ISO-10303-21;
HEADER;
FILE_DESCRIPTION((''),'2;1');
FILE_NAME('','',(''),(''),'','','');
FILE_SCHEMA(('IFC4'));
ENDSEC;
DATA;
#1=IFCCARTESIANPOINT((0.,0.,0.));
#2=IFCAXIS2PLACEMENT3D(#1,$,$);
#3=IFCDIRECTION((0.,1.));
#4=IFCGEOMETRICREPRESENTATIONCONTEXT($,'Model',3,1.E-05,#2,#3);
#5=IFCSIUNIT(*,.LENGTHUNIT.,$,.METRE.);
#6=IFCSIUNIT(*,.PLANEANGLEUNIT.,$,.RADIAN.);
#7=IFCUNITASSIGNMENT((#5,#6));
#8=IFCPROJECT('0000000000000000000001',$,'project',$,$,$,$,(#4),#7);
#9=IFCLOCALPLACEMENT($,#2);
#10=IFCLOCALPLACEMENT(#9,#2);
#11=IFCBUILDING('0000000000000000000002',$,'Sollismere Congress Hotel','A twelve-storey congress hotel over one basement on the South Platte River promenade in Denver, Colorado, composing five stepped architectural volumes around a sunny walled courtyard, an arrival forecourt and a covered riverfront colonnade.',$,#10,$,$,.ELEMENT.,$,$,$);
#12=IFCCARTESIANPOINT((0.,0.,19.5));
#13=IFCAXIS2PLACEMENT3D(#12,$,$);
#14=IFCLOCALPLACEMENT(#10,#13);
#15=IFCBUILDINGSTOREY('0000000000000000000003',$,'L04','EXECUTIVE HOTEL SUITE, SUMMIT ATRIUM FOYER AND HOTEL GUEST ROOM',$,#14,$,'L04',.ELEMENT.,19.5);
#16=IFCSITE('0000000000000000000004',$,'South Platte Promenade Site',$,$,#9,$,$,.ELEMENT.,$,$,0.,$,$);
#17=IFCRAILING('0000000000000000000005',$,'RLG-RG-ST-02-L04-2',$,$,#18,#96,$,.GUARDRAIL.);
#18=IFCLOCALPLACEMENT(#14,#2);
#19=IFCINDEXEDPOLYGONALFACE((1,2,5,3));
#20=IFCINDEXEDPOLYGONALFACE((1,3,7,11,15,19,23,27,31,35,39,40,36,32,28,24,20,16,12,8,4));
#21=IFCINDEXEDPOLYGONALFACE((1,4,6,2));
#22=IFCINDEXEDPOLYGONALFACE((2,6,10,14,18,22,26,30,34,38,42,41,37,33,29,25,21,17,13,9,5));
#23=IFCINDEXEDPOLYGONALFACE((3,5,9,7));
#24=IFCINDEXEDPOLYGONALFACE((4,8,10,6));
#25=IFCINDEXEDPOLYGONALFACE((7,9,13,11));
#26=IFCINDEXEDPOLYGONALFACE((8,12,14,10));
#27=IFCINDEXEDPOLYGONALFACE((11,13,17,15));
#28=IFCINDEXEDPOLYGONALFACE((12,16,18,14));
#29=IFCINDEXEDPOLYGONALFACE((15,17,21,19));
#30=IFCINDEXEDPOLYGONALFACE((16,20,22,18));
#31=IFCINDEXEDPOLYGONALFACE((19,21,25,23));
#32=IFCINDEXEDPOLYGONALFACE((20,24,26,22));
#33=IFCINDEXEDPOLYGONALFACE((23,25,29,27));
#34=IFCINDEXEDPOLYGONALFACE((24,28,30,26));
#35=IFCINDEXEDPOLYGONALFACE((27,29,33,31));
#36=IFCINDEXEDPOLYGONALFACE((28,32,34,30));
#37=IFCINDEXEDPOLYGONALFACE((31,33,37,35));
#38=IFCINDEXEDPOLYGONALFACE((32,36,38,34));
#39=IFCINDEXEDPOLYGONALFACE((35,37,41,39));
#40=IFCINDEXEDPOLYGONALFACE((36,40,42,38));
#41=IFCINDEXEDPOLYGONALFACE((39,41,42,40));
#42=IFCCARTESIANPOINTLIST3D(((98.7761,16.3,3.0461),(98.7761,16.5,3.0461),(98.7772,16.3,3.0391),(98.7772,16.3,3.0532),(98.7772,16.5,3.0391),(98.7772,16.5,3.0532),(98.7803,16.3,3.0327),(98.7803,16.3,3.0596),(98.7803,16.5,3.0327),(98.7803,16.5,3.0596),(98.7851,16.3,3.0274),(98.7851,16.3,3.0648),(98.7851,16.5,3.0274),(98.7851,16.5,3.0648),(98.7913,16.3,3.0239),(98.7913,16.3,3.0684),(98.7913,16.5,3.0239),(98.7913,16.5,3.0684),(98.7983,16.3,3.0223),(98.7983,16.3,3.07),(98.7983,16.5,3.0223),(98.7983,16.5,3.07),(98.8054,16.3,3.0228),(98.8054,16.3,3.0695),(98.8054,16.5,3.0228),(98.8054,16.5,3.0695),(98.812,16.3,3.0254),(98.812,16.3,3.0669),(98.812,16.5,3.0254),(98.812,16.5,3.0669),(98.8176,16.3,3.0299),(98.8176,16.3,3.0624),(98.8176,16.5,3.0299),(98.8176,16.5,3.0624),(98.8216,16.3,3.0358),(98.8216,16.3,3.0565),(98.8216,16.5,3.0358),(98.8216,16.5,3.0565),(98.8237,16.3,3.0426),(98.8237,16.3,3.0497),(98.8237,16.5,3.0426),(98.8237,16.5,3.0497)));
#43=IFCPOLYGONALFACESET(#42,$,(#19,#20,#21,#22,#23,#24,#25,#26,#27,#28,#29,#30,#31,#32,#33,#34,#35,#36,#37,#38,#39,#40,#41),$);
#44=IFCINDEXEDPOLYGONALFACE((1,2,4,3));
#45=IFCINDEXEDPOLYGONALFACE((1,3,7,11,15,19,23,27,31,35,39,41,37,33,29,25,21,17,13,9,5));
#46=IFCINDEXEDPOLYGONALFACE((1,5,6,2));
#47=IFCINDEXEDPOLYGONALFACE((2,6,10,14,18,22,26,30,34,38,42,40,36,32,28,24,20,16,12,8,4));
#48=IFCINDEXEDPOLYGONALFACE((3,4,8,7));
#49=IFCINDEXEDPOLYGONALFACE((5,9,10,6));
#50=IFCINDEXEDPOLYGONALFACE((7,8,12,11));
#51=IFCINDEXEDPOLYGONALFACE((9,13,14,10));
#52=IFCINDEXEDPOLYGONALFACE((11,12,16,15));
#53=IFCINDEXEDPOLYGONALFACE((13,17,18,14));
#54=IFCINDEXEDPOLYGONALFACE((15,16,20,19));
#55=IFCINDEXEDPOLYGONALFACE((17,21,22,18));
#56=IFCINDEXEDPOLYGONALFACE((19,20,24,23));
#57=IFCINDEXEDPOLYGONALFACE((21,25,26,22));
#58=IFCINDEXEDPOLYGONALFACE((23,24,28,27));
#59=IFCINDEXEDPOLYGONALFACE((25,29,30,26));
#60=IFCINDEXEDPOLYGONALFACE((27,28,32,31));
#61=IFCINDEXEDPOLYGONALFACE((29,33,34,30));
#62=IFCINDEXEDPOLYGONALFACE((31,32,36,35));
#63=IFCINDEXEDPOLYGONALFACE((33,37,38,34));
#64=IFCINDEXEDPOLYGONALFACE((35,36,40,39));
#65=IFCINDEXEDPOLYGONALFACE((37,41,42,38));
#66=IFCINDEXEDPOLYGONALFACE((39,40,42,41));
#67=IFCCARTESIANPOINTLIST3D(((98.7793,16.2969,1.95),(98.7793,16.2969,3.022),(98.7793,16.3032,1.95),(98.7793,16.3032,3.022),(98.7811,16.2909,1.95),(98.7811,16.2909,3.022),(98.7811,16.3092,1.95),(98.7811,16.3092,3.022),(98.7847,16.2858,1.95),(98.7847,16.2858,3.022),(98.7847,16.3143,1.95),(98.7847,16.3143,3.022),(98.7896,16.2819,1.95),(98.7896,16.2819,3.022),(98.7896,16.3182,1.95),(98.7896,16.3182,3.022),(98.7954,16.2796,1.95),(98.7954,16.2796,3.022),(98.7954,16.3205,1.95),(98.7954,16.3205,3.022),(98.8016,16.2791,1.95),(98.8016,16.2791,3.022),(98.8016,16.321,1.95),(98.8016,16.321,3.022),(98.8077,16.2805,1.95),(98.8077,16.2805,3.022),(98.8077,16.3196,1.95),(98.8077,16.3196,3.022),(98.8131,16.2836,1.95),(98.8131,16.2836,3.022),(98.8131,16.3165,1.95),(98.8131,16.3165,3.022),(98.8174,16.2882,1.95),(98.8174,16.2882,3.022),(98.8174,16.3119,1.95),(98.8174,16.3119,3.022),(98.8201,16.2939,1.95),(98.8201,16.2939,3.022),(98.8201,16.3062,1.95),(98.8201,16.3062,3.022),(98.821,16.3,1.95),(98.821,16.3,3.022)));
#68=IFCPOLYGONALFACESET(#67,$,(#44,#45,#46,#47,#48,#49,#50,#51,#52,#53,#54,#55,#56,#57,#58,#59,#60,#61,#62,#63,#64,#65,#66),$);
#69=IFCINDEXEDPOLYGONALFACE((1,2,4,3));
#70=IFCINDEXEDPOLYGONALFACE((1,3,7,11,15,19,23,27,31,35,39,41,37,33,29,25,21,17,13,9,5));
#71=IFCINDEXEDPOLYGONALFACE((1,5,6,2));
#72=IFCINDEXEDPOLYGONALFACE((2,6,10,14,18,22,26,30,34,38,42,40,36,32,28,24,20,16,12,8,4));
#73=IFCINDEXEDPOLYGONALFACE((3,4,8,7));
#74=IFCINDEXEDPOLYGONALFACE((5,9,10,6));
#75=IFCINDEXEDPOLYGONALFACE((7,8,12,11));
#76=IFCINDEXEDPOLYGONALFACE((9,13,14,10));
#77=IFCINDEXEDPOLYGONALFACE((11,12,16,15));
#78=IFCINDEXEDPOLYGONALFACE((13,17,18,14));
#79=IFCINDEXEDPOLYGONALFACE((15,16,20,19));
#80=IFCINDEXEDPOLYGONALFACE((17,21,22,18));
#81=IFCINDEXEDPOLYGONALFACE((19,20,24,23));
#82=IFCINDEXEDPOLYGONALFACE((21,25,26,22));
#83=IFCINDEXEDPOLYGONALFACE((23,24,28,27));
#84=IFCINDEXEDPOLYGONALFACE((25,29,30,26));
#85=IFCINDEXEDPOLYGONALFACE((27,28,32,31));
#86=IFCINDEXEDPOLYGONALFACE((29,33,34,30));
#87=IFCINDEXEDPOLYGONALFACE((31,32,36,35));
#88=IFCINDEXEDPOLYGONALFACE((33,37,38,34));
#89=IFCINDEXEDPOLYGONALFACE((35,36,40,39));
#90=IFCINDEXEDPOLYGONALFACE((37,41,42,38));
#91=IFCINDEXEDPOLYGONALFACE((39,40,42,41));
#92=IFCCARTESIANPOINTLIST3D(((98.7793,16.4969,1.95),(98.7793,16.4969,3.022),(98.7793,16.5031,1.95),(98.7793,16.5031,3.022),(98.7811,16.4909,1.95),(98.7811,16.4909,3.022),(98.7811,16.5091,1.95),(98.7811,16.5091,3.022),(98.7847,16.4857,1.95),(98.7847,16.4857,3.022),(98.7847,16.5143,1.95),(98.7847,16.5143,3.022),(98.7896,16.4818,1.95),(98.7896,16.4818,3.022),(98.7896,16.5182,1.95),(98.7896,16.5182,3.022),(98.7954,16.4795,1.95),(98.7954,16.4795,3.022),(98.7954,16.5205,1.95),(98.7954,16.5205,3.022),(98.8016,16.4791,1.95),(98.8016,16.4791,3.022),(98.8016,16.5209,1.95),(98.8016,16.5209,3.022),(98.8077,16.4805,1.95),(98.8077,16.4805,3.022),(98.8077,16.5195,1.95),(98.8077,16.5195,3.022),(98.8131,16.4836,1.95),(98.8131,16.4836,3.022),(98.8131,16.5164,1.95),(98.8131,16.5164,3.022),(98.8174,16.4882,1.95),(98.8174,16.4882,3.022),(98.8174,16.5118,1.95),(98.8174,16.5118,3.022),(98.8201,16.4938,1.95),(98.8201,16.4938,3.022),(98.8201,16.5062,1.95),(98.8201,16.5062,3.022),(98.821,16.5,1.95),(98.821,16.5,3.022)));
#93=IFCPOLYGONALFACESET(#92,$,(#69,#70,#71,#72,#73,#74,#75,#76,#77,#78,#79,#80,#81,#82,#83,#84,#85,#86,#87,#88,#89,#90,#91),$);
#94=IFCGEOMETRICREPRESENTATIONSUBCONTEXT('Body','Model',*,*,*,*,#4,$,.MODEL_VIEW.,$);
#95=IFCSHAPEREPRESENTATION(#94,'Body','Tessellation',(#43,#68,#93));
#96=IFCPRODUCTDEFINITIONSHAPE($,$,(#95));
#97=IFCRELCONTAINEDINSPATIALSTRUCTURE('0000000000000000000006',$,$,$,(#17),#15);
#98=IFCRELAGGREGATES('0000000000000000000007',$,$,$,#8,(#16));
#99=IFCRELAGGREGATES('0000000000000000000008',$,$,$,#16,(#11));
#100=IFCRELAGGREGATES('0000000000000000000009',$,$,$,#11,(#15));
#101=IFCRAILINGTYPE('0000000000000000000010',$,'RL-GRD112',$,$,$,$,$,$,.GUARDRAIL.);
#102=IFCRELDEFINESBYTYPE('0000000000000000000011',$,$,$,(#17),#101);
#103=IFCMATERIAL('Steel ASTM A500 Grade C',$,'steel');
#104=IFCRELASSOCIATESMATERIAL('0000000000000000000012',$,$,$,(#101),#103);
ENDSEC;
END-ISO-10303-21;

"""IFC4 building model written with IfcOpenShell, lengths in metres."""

from ifc_helpers import new_model, si_unit, direction, frame, origin, origin_2d, place, context, subcontext, project, spatial, circle, extrude, material, type_object, element, save


model = new_model("IFC4")

# Units and contexts
model_context = context("Model", 3, precision=1e-05, world=origin(), true_north=direction((0.0, 1.0)))
body_context = subcontext(model_context, "Body", "Model", "MODEL_VIEW")
ifc_project = project(units=[si_unit("LENGTHUNIT", "METRE"), si_unit("PLANEANGLEUNIT", "RADIAN")], contexts=[model_context])

# Site, building, storey
site_placement = place(None, origin())
site = spatial("IfcSite", under=ifc_project, at=site_placement, Name="South Platte Promenade Site", CompositionType="ELEMENT", RefElevation=0.0)
building_placement = place(site_placement, origin())
building = spatial("IfcBuilding", under=site, at=building_placement, Name="Sollismere Congress Hotel", Description="A twelve-storey congress hotel over one basement on the South Platte River promenade in Denver, Colorado, composing five stepped architectural volumes around a sunny walled courtyard, an arrival forecourt and a covered riverfront colonnade.", CompositionType="ELEMENT")
storey_placement = place(building_placement, frame((0.0, 0.0, 19.5)))
storey = spatial("IfcBuildingStorey", under=building, at=storey_placement, Name="L04", Description="EXECUTIVE HOTEL SUITE, SUMMIT ATRIUM FOYER AND HOTEL GUEST ROOM", LongName="L04", CompositionType="ELEMENT", Elevation=19.5)

# Railing
ifc_material_1 = material(Name="Steel ASTM A500 Grade C", Category="steel")
railing_type_1 = type_object("IfcRailingType", Name="RL-GRD112", PredefinedType="GUARDRAIL", material=ifc_material_1)
railing_1_placement = place(storey_placement, frame((98.8, 16.3, 1.95)))
element("IfcRailing", 1, at=railing_1_placement, inside=storey, type_object=railing_type_1, Name="RLG-RG-ST-02-L04-2", PredefinedType="GUARDRAIL", context=body_context, shape_type="SweptSolid", body=[
    extrude(circle(Radius=0.0239, at=origin_2d()), frame((0.0, 0.0, 1.0962), z_axis=(0.0, 1.0, 0.0), x_axis=(-1.0, 0.0, 0.0)), (0.0, 0.0, 1.0), 0.2),
    extrude(circle(Radius=0.021, at=origin_2d()), origin(), (0.0, 0.0, 1.0), 1.072),
    extrude(circle(Radius=0.021, at=origin_2d()), frame((0.0, 0.2, 0.0)), (0.0, 0.0, 1.0), 1.072),
])

save(model, "model.ifc")
